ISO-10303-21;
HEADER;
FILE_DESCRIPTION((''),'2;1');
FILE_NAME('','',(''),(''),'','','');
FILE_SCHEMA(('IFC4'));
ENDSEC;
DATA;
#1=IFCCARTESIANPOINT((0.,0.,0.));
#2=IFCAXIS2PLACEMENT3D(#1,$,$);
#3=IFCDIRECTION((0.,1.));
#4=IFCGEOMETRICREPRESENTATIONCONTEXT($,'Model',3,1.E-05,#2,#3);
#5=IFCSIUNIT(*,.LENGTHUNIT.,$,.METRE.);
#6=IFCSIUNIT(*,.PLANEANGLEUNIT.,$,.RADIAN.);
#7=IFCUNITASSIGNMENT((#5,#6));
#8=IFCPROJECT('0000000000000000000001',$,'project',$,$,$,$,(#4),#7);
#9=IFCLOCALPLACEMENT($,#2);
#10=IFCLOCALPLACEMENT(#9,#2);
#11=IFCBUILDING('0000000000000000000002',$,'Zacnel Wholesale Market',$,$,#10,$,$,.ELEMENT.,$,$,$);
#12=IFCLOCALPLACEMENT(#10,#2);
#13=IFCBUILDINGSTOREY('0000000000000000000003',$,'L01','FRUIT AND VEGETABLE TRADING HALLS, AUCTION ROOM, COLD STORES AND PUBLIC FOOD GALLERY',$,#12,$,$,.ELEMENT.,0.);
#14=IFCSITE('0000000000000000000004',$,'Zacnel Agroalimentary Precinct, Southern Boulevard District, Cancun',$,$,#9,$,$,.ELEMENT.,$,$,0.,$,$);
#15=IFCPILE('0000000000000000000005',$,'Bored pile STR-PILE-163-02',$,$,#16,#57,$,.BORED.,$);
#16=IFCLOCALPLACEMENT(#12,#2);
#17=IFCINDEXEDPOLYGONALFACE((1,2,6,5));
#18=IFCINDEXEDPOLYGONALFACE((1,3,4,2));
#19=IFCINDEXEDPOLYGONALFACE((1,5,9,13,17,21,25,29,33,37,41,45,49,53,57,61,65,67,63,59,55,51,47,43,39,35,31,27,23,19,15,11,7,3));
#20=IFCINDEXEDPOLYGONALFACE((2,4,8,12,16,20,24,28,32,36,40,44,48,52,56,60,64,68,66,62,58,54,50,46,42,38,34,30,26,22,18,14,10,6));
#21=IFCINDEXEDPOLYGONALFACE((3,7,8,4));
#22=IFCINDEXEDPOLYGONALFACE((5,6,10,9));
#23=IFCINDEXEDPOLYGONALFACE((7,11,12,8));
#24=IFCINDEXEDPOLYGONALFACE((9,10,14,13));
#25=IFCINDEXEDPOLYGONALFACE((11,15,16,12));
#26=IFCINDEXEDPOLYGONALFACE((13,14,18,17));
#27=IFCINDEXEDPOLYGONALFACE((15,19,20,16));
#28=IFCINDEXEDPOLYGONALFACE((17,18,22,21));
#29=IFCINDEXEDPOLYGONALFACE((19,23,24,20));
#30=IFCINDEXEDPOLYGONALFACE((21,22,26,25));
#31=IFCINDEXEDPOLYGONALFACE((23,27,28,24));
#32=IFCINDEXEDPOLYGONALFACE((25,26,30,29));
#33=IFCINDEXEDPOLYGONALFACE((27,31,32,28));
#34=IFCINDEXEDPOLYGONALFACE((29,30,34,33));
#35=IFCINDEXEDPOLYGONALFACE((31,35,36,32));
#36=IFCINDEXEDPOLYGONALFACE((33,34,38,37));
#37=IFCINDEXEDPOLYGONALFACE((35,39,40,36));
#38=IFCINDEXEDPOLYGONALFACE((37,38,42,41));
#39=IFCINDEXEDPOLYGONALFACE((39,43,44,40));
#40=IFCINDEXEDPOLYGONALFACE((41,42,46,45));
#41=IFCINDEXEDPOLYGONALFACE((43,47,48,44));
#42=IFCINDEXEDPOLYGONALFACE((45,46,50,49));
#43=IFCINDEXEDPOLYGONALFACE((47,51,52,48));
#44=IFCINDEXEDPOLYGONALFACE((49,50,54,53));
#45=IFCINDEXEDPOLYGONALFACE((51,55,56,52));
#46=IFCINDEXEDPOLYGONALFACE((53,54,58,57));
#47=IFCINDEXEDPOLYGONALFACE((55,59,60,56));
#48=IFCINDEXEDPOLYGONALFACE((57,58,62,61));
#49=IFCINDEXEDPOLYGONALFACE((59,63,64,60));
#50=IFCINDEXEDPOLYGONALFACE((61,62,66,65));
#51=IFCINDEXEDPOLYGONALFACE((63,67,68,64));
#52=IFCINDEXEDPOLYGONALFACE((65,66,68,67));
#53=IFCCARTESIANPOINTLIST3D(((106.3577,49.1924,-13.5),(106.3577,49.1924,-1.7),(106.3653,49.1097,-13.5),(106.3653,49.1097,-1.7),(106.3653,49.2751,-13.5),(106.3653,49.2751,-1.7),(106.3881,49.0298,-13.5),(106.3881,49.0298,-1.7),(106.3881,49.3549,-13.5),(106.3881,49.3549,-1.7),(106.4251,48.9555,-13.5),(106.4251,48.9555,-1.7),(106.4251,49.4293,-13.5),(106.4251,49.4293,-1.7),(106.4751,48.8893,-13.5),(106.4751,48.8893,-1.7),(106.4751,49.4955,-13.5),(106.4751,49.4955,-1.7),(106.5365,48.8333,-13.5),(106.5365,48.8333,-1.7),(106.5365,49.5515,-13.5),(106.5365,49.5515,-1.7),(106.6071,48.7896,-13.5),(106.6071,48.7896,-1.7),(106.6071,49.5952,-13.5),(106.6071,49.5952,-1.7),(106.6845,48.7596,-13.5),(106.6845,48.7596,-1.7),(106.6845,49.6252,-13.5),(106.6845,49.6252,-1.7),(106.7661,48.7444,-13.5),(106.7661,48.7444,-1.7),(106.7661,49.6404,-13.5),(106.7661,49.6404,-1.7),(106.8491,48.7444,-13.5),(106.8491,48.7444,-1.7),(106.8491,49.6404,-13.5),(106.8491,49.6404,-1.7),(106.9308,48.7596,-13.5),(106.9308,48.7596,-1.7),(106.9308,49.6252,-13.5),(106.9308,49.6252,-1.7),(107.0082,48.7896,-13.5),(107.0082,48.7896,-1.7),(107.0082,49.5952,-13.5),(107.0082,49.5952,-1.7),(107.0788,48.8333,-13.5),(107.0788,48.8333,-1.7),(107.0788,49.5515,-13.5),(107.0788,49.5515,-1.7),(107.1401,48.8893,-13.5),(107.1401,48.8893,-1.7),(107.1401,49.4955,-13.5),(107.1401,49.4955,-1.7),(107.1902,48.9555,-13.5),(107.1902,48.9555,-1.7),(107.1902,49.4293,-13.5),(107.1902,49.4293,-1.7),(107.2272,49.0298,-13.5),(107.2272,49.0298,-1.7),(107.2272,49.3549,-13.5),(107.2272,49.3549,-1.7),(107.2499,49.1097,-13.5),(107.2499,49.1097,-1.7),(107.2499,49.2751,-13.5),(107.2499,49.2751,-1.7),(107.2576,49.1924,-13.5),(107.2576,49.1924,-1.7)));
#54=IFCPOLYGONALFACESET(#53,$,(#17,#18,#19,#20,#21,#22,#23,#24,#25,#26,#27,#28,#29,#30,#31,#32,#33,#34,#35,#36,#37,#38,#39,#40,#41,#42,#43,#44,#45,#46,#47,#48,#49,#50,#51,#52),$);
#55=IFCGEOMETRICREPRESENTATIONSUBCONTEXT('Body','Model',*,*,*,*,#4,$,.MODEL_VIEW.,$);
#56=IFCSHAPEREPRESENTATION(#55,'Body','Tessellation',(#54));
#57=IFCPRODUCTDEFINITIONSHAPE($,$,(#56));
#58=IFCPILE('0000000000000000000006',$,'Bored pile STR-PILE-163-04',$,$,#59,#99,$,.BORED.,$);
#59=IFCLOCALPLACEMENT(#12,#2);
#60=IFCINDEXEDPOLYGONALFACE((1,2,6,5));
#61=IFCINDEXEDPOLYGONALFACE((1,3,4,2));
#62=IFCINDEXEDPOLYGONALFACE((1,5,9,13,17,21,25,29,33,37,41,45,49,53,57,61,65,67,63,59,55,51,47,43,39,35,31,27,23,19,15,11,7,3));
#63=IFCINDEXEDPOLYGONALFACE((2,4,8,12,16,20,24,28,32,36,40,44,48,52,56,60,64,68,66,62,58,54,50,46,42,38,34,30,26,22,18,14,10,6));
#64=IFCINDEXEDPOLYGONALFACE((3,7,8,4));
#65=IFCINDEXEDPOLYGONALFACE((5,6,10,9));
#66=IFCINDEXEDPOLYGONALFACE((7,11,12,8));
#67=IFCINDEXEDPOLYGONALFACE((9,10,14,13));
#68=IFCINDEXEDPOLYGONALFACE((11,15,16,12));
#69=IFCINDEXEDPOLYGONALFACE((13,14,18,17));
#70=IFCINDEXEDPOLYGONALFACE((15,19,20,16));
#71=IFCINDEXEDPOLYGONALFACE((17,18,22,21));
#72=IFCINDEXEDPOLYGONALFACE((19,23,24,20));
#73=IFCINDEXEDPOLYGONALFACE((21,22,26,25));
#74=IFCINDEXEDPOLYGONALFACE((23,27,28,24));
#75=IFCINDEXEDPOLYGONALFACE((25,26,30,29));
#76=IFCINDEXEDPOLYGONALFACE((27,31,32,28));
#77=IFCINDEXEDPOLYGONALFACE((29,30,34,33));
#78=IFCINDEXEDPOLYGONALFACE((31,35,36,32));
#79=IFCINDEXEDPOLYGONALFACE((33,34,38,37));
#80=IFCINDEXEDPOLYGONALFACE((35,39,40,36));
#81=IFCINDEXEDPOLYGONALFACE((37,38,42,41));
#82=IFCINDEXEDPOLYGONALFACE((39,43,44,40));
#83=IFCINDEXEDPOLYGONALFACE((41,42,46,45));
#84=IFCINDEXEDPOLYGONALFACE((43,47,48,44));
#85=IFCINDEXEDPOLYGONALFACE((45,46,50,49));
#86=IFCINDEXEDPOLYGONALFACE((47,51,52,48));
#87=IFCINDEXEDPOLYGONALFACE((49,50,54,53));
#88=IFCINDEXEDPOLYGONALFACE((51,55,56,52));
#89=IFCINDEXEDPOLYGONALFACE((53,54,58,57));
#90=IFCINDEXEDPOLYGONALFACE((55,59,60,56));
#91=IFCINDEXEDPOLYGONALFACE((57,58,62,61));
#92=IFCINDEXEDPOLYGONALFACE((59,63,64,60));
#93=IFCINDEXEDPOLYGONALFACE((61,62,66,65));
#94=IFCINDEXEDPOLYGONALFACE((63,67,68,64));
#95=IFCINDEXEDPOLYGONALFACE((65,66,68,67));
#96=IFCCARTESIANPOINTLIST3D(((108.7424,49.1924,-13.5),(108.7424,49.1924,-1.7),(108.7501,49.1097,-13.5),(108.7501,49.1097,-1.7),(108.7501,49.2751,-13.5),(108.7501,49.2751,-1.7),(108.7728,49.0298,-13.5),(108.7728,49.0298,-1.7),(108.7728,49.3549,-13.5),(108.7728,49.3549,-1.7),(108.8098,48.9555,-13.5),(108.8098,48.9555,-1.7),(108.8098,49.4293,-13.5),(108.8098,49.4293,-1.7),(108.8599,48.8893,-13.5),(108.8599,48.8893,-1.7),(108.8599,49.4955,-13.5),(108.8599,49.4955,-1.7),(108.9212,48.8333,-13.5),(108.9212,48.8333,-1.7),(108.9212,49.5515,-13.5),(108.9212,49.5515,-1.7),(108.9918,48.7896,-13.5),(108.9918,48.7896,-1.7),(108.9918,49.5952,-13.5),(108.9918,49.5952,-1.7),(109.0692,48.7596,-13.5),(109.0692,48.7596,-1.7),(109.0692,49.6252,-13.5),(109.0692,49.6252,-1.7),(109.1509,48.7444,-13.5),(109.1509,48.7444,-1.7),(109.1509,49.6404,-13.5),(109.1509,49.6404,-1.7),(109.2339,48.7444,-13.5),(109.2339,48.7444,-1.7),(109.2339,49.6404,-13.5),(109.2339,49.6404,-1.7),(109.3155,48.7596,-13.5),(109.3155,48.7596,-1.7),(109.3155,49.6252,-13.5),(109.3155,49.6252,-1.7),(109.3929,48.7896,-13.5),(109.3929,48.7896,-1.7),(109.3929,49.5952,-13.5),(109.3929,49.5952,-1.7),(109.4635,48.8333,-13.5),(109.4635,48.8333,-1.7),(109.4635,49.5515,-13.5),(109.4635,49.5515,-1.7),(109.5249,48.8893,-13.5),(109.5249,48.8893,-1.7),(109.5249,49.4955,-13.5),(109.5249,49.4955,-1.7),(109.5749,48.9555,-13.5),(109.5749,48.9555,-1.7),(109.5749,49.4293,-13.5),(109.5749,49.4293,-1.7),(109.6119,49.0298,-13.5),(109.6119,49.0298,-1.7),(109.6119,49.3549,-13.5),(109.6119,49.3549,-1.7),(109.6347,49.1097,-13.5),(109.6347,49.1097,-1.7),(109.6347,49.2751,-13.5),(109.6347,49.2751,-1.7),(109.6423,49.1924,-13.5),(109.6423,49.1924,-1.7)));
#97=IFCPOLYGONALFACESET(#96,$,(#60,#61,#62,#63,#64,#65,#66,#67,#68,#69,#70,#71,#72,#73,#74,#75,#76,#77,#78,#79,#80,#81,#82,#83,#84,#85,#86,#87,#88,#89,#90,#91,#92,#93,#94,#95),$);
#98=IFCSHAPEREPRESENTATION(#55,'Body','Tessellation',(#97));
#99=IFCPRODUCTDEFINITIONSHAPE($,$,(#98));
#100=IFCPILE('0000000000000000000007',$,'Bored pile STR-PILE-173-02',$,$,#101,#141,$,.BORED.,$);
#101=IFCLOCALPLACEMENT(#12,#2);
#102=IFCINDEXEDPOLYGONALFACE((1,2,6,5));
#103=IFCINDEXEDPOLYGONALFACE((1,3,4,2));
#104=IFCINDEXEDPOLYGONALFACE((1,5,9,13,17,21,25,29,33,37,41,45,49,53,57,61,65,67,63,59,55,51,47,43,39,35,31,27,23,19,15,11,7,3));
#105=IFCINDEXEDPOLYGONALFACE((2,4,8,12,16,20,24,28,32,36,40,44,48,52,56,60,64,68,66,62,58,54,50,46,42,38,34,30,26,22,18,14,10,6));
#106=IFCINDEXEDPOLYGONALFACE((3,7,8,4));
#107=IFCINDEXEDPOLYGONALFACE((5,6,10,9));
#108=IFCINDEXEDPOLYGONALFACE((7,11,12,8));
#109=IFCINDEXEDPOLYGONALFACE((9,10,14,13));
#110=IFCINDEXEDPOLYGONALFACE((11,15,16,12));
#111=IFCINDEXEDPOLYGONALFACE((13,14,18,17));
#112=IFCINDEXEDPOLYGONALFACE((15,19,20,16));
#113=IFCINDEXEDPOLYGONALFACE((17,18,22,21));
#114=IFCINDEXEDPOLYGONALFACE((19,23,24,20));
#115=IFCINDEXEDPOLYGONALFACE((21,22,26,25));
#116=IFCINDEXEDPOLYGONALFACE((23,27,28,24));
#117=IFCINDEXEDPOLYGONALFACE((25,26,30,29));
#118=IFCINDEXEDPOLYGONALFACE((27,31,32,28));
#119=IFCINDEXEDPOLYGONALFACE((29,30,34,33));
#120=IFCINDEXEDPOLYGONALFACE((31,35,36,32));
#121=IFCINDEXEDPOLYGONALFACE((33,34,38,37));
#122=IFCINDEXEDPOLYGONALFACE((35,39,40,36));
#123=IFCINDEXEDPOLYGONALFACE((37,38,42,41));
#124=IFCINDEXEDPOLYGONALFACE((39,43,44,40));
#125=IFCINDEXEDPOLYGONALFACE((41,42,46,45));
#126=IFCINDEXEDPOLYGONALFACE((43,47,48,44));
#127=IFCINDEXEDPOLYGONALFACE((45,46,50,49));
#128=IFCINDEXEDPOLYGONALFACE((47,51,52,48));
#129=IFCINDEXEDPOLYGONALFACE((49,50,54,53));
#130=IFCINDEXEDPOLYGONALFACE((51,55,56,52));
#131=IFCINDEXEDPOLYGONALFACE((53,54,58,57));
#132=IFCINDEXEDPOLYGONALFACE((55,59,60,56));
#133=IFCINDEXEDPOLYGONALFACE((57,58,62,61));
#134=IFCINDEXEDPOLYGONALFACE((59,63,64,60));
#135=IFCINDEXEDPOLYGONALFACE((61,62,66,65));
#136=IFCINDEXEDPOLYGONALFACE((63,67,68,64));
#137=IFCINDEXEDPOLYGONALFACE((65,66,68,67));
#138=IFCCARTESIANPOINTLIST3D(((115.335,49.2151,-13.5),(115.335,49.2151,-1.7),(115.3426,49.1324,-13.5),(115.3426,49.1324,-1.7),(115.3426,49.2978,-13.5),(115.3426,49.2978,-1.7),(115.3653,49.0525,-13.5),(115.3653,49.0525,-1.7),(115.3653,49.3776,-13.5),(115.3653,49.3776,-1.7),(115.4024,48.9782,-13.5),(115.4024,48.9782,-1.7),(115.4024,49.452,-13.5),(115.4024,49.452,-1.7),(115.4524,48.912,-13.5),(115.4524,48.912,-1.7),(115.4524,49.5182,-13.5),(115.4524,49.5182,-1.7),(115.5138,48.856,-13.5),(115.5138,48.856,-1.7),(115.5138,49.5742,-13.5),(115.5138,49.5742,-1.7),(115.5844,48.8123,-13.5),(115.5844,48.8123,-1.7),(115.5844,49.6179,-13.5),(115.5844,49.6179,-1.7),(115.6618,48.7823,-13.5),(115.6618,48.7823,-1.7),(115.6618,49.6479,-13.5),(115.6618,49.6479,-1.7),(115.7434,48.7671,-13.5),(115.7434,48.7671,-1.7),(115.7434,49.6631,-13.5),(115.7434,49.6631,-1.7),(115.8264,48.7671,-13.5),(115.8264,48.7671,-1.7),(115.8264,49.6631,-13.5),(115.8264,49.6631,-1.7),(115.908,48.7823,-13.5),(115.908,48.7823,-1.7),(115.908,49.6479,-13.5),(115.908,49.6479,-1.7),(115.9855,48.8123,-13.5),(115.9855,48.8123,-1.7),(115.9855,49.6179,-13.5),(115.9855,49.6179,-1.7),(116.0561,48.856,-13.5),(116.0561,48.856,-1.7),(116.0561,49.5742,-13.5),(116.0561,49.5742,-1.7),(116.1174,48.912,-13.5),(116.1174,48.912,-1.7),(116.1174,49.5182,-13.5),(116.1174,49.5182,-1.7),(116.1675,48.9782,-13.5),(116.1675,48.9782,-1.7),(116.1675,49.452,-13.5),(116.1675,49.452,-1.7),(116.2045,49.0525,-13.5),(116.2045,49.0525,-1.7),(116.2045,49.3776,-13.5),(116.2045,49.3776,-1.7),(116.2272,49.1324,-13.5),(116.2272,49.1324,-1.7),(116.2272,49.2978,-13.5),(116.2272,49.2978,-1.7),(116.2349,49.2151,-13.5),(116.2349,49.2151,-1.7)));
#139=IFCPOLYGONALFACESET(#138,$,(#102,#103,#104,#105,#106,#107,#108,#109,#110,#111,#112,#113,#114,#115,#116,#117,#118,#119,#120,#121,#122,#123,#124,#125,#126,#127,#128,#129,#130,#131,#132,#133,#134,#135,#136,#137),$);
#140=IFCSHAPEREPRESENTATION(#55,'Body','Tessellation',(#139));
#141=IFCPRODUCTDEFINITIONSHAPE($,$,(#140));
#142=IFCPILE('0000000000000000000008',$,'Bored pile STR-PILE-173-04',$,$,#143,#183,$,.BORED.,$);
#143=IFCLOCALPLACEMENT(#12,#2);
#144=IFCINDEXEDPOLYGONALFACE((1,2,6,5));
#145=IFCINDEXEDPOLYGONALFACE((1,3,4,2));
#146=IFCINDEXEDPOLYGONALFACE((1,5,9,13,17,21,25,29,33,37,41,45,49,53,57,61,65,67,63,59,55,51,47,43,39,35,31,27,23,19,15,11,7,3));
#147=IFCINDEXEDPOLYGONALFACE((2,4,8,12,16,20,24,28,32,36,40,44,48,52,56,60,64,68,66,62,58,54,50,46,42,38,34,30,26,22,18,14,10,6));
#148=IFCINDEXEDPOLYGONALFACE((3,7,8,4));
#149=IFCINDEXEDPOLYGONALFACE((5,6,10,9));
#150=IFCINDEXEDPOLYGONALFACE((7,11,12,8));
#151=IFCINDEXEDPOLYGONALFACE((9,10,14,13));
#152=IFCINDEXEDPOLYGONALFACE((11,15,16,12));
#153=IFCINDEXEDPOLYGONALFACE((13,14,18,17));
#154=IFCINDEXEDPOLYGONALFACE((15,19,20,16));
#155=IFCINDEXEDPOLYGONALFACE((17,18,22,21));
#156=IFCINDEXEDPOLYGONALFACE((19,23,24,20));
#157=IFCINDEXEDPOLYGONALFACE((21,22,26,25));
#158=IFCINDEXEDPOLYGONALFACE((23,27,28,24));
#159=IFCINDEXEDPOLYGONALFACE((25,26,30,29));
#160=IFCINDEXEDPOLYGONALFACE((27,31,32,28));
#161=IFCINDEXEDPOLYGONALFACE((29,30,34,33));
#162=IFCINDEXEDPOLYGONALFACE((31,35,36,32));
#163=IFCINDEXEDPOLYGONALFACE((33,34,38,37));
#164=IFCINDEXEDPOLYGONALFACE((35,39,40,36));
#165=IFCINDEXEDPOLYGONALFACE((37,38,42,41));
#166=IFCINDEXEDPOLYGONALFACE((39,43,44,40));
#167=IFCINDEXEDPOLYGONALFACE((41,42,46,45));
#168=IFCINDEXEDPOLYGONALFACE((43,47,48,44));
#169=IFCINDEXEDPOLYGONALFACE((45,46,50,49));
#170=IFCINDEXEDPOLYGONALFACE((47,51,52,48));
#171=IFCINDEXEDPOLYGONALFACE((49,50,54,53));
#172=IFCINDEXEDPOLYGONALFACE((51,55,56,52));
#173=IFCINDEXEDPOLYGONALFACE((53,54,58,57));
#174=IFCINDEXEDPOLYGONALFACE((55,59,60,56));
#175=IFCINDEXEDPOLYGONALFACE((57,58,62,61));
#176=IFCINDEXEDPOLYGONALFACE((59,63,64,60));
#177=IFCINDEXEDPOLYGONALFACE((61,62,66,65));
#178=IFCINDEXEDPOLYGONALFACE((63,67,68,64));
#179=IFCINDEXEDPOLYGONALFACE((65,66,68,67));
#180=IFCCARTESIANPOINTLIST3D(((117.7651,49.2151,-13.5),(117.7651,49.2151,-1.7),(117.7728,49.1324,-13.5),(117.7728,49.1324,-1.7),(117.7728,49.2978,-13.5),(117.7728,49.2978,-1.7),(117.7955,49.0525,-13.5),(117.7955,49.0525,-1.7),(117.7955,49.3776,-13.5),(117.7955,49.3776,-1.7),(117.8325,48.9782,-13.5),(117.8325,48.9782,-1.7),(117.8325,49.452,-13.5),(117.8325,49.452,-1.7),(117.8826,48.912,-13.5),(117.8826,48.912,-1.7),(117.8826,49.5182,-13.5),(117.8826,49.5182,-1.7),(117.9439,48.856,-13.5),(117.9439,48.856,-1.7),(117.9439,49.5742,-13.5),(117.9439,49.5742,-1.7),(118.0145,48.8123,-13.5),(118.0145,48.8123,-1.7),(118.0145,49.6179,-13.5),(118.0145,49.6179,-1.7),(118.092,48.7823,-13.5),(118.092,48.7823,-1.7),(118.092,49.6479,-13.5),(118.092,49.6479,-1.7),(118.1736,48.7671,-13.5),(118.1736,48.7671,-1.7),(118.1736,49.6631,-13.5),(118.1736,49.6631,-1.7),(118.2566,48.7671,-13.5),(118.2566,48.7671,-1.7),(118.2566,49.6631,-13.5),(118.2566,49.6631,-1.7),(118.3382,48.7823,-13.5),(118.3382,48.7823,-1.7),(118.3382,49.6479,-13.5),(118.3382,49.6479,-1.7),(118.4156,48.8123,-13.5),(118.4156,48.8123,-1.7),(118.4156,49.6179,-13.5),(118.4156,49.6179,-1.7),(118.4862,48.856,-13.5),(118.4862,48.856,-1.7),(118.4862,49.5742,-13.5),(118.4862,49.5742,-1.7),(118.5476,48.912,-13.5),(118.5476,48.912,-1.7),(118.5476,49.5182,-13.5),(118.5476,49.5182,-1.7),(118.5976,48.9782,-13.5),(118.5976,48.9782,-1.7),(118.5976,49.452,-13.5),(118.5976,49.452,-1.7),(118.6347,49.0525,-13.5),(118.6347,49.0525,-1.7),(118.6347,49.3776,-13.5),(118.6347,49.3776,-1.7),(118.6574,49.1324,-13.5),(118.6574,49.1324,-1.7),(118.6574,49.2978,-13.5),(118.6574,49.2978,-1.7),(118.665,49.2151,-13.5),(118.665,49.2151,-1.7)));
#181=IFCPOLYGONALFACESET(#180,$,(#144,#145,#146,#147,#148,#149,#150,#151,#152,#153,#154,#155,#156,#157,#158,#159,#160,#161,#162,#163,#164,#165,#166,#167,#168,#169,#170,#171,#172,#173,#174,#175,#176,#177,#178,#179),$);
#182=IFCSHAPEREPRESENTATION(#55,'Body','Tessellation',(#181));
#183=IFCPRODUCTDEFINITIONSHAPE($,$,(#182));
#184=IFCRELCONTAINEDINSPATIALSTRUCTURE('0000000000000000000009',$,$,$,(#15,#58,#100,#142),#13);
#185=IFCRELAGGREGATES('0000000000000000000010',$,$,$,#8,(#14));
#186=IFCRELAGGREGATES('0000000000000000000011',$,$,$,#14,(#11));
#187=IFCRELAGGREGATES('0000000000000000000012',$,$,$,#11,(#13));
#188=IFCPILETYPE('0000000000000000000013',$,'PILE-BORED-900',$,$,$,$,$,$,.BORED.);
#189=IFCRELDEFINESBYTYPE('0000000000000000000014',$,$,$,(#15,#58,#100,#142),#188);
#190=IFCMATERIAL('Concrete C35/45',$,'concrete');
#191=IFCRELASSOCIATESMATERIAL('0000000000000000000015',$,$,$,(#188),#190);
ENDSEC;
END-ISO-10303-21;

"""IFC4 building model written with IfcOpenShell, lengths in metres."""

from ifc_helpers import new_model, si_unit, direction, frame, origin, origin_2d, place, context, subcontext, project, spatial, circle, extrude, material, material_profile, profile_set, type_object, element, save


model = new_model("IFC4")

# Units and contexts
model_context = context("Model", 3, precision=1e-05, world=origin(), true_north=direction((0.0, 1.0)))
body_context = subcontext(model_context, "Body", "Model", "MODEL_VIEW")
ifc_project = project(units=[si_unit("LENGTHUNIT", "METRE"), si_unit("PLANEANGLEUNIT", "RADIAN")], contexts=[model_context])

# Site, building, storey
site_placement = place(None, origin())
site = spatial("IfcSite", under=ifc_project, at=site_placement, Name="Zacnel Agroalimentary Precinct, Southern Boulevard District, Cancun", CompositionType="ELEMENT", RefElevation=0.0)
building_placement = place(site_placement, origin())
building = spatial("IfcBuilding", under=site, at=building_placement, Name="Zacnel Wholesale Market", CompositionType="ELEMENT")
storey_placement = place(building_placement, origin())
storey = spatial("IfcBuildingStorey", under=building, at=storey_placement, Name="L01", Description="FRUIT AND VEGETABLE TRADING HALLS, AUCTION ROOM, COLD STORES AND PUBLIC FOOD GALLERY", CompositionType="ELEMENT", Elevation=0.0)

# Piles
ifc_material_1 = material(Name="Concrete C35/45", Category="concrete")
ifc_material_profile_1 = material_profile(ifc_material_1, circle(Radius=0.45, at=origin_2d()), Name="BORED PILE D900")
ifc_profile_set_1 = profile_set([ifc_material_profile_1], Name="Concrete C35/45")
pile_type_1 = type_object("IfcPileType", Name="PILE-BORED-900", PredefinedType="BORED", material=ifc_profile_set_1)
for number, where, z_axis, x_axis, name in (
    (1, (106.8076, 49.1924, -1.7), (0.0, 0.0, -1.0), (1.0, 0.0, 0.0), "Bored pile STR-PILE-163-02"),
    (2, (109.1924, 49.1924, -1.7), (0.0, 0.0, -1.0), (1.0, 0.0, 0.0), "Bored pile STR-PILE-163-04"),
    (3, (115.7849, 49.2151, -1.7), (0.0, 0.0, -1.0), (1.0, 0.0, 0.0), "Bored pile STR-PILE-173-02"),
    (4, (118.2151, 49.2151, -1.7), (0.0, 0.0, -1.0), (1.0, 0.0, 0.0), "Bored pile STR-PILE-173-04"),
):
    element("IfcPile", number, at=place(storey_placement, frame(where, z_axis=z_axis, x_axis=x_axis)), inside=storey, type_object=pile_type_1, Name=name, PredefinedType="BORED", context=body_context, shape_type="SweptSolid", body=[
        extrude(circle(Radius=0.45, at=origin_2d()), origin(), (0.0, 0.0, 1.0), 11.8),
    ])

save(model, "model.ifc")
